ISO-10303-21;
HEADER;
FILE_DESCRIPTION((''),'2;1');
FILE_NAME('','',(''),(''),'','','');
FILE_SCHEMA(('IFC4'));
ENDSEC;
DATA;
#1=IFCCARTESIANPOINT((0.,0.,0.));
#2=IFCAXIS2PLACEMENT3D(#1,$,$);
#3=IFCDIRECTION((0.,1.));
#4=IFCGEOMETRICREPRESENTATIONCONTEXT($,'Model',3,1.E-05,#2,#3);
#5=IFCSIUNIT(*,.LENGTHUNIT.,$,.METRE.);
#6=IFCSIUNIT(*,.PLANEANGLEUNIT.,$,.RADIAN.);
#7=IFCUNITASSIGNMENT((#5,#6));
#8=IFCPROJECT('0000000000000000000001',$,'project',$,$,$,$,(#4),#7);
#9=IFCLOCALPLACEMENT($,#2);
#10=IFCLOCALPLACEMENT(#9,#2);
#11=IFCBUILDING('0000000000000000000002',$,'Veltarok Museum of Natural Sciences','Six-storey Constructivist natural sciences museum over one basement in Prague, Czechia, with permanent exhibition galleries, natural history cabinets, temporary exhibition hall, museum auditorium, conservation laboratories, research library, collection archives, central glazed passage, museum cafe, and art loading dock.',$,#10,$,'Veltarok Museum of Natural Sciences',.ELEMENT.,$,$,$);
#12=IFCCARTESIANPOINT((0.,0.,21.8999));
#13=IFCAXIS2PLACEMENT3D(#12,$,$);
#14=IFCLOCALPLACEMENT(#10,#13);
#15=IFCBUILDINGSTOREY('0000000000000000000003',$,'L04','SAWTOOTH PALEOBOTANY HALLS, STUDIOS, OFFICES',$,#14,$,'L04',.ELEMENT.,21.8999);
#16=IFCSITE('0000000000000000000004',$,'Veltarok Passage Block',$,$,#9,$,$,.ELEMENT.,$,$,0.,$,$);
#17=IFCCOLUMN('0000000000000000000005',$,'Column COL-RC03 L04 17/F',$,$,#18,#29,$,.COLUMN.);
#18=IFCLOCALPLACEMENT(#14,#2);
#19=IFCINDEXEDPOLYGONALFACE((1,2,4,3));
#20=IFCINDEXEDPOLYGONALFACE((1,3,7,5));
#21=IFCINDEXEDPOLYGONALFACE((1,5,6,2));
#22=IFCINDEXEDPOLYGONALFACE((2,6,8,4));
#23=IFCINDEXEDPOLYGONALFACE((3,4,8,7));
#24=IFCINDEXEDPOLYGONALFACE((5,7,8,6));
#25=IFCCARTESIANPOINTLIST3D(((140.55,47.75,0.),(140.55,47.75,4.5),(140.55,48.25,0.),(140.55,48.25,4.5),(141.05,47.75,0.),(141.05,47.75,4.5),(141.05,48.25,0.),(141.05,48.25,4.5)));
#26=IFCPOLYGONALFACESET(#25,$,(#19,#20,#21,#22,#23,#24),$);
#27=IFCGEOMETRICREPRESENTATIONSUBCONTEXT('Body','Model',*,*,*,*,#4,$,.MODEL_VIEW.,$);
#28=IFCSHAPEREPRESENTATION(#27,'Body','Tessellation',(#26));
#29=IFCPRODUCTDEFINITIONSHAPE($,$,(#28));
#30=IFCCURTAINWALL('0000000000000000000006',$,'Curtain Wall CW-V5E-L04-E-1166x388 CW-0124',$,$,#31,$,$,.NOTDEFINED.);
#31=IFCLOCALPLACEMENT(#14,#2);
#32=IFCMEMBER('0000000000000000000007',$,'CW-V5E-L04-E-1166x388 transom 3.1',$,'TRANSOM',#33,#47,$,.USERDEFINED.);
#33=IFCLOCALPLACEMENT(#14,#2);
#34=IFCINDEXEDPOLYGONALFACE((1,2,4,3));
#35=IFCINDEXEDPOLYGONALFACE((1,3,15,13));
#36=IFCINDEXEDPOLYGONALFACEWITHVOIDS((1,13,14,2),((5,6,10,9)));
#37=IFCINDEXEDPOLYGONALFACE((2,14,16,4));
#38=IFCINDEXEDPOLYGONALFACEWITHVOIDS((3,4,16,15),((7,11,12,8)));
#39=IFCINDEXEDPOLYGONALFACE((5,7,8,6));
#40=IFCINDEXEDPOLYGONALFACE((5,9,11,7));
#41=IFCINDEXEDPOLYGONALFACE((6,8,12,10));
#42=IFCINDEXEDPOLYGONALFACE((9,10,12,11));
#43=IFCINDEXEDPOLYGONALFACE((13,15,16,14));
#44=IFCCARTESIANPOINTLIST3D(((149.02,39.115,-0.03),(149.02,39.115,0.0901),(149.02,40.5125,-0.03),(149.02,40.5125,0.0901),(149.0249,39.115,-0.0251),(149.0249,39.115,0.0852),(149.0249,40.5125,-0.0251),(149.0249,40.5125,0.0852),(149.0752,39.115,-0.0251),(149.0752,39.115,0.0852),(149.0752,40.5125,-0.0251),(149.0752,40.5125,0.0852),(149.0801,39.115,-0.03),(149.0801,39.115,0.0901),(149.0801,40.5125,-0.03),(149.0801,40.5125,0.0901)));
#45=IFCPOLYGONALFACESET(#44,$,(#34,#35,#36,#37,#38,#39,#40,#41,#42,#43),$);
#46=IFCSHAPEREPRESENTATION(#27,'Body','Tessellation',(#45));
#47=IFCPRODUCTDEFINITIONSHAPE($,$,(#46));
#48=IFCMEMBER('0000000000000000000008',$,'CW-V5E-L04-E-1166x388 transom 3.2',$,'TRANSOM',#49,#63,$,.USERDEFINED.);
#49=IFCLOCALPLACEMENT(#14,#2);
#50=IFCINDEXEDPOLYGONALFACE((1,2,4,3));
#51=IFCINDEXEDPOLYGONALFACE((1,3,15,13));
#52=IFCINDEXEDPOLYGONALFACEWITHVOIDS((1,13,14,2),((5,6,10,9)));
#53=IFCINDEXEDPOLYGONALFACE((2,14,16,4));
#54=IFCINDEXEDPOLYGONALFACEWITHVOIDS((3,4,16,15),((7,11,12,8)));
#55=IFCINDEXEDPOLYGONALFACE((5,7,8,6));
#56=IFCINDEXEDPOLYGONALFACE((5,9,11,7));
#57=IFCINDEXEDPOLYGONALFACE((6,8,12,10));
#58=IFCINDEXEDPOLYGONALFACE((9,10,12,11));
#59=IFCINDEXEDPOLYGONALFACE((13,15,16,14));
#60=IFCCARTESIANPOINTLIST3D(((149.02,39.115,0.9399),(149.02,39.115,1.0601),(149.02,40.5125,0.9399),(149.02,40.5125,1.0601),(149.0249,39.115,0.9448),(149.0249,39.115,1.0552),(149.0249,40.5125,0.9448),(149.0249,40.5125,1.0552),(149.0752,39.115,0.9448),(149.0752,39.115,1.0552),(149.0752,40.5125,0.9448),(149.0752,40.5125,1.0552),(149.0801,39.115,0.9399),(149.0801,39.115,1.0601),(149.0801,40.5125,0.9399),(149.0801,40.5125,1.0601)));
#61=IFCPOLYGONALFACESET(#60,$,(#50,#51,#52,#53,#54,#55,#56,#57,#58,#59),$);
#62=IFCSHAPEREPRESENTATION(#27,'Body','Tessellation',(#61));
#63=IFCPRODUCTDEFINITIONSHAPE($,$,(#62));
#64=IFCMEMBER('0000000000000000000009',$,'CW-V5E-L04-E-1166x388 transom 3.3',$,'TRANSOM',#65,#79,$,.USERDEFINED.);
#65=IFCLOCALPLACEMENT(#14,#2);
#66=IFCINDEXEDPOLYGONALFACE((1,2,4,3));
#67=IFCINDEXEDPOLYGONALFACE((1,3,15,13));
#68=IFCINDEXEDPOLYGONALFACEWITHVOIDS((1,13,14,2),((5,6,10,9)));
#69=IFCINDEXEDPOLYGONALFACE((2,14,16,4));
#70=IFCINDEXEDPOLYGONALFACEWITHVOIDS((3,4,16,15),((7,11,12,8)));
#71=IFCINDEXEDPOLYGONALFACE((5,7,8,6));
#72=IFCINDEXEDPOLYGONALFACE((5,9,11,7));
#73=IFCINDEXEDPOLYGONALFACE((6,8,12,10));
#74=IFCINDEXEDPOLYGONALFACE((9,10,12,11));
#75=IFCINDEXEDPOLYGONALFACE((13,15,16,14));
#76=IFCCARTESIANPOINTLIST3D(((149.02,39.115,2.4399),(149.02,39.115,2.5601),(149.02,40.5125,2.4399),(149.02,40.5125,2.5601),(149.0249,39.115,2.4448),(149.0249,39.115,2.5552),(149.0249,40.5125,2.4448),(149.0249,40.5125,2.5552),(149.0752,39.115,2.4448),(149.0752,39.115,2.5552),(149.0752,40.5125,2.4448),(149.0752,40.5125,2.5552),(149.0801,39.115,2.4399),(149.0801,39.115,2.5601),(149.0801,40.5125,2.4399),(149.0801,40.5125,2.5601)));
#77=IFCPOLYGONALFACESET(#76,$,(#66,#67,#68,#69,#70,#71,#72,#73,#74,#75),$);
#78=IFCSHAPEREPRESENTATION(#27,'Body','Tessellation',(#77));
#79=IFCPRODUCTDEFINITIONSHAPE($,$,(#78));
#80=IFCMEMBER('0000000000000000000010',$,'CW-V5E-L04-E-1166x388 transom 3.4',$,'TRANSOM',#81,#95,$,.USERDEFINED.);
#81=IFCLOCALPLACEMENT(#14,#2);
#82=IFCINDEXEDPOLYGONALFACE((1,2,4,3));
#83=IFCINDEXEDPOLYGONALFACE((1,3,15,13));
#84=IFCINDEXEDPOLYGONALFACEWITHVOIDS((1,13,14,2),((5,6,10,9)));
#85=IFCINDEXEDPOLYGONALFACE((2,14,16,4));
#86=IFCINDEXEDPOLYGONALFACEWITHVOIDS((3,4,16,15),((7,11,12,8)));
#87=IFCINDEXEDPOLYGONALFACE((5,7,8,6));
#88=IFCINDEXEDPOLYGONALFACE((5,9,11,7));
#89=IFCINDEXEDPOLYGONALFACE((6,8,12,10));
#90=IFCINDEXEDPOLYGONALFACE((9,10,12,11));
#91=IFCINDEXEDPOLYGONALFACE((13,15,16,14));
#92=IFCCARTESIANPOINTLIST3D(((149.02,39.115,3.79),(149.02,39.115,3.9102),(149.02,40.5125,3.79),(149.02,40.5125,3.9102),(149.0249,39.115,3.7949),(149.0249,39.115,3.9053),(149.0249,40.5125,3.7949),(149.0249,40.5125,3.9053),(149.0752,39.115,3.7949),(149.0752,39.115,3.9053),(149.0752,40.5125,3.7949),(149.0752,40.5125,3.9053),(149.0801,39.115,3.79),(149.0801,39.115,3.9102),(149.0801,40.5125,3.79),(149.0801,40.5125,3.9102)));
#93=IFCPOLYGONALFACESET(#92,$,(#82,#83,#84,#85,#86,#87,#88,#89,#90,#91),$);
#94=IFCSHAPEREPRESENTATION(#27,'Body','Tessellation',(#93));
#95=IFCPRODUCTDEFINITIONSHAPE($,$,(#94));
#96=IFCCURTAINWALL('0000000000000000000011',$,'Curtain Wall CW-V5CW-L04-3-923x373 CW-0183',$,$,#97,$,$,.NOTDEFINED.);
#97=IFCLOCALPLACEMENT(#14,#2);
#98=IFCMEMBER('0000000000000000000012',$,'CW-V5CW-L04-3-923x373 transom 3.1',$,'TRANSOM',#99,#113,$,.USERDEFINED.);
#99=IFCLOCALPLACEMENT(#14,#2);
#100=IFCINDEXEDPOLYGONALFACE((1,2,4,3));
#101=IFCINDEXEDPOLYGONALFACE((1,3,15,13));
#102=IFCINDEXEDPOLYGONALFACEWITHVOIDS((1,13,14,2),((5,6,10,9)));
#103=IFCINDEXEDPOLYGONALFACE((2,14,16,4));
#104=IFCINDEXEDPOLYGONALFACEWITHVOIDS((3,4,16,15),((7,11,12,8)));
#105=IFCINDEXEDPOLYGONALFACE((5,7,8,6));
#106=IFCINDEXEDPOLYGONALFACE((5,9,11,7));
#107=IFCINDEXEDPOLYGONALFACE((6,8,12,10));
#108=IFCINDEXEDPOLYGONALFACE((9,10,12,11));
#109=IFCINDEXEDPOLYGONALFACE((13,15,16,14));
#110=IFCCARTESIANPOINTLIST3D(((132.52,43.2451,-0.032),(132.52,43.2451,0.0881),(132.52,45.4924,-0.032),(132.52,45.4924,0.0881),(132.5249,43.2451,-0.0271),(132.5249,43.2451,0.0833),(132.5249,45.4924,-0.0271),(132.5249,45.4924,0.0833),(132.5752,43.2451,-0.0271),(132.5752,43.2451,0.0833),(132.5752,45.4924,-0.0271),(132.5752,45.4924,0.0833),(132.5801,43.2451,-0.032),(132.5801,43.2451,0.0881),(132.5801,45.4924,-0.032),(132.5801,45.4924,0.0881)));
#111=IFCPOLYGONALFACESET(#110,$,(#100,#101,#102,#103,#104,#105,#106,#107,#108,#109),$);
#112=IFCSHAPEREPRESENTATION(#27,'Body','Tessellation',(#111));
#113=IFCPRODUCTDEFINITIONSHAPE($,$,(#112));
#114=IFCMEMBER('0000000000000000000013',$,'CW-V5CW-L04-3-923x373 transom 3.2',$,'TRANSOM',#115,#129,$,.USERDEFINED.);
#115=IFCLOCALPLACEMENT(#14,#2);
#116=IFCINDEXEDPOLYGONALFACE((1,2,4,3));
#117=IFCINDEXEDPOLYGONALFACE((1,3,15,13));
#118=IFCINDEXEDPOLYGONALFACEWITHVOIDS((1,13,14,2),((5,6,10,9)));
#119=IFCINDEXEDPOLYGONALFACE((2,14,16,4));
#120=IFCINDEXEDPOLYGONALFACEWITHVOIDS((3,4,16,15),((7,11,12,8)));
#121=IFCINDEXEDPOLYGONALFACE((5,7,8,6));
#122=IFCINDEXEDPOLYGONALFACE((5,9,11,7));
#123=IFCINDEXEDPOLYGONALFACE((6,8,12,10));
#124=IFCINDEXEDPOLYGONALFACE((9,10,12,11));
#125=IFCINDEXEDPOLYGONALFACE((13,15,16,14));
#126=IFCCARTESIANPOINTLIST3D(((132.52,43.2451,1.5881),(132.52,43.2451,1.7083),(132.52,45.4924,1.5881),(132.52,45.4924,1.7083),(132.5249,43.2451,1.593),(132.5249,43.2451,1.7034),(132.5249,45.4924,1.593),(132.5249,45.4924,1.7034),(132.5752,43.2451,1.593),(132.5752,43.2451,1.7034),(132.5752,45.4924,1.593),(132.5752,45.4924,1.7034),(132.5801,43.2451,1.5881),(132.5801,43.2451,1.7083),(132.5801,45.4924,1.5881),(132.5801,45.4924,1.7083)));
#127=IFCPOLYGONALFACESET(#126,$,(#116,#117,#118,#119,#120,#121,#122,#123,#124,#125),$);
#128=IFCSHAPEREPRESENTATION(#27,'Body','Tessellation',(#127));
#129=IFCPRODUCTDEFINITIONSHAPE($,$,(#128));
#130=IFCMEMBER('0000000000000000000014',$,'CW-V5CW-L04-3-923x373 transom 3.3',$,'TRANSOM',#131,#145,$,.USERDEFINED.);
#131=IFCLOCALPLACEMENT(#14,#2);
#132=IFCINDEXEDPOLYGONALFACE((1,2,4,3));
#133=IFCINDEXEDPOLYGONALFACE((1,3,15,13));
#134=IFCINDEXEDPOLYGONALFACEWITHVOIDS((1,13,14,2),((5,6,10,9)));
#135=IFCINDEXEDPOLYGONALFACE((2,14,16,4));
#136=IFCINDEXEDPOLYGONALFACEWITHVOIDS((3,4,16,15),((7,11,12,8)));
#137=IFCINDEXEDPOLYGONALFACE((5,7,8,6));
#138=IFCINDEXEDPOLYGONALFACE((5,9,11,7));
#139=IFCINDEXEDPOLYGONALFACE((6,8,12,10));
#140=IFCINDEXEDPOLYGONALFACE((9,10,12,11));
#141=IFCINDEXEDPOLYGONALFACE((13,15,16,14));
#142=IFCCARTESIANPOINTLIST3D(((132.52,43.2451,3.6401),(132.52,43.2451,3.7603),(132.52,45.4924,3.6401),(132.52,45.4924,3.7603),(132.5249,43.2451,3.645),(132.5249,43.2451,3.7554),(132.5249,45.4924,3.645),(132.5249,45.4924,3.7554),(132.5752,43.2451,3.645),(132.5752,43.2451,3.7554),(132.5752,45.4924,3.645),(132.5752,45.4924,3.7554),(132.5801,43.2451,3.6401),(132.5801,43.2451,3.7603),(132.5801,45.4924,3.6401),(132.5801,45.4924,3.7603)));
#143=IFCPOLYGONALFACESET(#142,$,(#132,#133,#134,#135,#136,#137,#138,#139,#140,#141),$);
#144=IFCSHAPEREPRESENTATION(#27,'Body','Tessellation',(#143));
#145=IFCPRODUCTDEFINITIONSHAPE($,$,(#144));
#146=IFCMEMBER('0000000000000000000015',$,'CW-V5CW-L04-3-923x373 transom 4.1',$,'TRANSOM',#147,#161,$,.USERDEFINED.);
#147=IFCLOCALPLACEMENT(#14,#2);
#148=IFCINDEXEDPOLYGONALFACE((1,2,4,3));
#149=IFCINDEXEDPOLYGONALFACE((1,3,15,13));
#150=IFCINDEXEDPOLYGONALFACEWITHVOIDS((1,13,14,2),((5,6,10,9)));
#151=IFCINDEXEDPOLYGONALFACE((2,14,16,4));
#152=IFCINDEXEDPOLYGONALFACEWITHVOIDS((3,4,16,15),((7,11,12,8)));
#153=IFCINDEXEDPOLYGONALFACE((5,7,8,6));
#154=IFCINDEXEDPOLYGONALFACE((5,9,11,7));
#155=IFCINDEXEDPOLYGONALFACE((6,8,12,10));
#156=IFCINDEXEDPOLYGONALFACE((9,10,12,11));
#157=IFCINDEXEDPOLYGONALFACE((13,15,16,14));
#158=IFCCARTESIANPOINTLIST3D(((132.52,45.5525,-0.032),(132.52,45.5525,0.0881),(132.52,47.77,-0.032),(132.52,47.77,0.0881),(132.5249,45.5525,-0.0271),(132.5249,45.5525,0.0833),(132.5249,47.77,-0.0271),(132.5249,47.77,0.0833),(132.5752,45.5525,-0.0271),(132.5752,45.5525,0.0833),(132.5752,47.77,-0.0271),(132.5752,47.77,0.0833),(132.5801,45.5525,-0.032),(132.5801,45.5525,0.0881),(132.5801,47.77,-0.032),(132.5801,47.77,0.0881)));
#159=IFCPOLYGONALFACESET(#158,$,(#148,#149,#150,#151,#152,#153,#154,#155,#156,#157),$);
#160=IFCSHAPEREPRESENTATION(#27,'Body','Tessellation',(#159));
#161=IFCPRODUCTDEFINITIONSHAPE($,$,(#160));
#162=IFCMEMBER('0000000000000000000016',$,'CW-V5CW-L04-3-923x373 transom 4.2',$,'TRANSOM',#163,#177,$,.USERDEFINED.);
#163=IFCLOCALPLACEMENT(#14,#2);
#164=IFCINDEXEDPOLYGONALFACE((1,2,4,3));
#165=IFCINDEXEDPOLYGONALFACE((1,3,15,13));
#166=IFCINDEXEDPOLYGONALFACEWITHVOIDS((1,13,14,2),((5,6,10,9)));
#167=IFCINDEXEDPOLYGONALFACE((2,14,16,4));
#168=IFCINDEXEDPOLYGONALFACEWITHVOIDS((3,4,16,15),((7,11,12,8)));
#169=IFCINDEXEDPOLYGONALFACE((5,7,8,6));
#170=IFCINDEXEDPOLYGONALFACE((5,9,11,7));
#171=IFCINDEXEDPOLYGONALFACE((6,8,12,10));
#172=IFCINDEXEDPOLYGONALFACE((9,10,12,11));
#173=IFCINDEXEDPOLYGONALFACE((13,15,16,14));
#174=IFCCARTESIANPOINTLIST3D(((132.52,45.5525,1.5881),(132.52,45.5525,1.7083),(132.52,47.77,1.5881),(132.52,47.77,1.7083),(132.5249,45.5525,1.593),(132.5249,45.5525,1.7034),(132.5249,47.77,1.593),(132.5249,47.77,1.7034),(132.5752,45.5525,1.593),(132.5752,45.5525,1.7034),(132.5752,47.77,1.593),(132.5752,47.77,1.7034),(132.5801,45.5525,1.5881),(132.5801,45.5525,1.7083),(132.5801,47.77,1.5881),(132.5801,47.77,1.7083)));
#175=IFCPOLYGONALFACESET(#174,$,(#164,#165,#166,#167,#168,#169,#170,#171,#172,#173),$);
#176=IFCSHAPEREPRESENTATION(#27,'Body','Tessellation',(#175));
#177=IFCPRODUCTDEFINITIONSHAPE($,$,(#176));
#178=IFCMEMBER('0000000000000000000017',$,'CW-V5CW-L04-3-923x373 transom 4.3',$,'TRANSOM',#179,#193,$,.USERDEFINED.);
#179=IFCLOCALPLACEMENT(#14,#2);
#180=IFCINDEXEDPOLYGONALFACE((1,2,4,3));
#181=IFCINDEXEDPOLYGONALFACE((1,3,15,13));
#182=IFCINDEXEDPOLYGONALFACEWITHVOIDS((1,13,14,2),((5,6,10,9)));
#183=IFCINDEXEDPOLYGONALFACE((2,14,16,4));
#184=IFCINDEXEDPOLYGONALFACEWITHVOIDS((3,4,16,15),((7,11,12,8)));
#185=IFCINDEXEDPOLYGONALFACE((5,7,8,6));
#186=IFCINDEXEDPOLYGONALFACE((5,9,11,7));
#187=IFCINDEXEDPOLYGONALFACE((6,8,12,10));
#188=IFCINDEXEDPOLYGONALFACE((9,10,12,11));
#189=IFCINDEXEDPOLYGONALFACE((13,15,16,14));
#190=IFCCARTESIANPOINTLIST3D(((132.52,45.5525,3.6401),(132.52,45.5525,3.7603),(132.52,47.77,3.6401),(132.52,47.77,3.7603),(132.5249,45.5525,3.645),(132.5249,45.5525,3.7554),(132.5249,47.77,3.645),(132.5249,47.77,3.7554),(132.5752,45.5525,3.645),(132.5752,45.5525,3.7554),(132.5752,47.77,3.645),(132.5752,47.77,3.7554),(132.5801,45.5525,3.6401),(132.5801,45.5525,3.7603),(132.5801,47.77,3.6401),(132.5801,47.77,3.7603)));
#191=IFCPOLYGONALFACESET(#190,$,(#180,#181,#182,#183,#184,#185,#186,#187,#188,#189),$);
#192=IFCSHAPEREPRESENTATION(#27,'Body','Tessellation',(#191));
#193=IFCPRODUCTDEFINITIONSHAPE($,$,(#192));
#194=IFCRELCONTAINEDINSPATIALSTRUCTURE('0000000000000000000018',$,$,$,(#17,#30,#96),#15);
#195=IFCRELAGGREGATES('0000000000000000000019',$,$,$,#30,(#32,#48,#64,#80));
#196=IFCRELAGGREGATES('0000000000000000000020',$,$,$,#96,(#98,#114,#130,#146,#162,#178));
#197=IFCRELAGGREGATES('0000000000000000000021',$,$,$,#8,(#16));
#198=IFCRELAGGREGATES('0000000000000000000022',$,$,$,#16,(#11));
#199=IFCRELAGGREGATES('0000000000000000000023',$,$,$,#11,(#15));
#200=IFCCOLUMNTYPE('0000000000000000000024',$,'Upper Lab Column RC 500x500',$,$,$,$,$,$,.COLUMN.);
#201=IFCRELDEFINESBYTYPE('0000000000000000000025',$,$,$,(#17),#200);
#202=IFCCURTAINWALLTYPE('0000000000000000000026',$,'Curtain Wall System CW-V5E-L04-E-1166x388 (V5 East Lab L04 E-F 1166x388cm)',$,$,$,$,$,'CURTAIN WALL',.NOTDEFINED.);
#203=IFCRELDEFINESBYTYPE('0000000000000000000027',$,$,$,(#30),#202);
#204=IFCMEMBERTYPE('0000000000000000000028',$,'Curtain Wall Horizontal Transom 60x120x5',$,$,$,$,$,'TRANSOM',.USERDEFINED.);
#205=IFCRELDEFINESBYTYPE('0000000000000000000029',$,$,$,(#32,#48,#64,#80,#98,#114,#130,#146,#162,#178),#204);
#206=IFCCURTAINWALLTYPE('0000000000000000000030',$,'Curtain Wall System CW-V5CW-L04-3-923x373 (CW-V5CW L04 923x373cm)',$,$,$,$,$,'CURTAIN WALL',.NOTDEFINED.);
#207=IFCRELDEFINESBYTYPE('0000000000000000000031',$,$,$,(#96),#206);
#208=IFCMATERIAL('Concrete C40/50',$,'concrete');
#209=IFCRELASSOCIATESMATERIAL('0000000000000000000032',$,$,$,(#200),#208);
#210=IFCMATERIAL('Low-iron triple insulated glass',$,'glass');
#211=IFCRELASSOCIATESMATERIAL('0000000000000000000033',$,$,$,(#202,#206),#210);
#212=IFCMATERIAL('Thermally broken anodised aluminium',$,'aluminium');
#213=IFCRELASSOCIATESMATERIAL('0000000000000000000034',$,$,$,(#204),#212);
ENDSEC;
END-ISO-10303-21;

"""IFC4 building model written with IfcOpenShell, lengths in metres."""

from ifc_helpers import new_model, si_unit, direction, frame, origin, origin_2d, place, context, subcontext, project, spatial, rectangle, hollow_rectangle, extrude, material, material_profile, profile_set, type_object, element, aggregate, save


model = new_model("IFC4")

# Units and contexts
model_context = context("Model", 3, precision=1e-05, world=origin(), true_north=direction((0.0, 1.0)))
body_context = subcontext(model_context, "Body", "Model", "MODEL_VIEW")
ifc_project = project(units=[si_unit("LENGTHUNIT", "METRE"), si_unit("PLANEANGLEUNIT", "RADIAN")], contexts=[model_context])

# Site, building, storey
site_placement = place(None, origin())
site = spatial("IfcSite", under=ifc_project, at=site_placement, Name="Veltarok Passage Block", CompositionType="ELEMENT", RefElevation=0.0)
building_placement = place(site_placement, origin())
building = spatial("IfcBuilding", under=site, at=building_placement, Name="Veltarok Museum of Natural Sciences", Description="Six-storey Constructivist natural sciences museum over one basement in Prague, Czechia, with permanent exhibition galleries, natural history cabinets, temporary exhibition hall, museum auditorium, conservation laboratories, research library, collection archives, central glazed passage, museum cafe, and art loading dock.", LongName="Veltarok Museum of Natural Sciences", CompositionType="ELEMENT")
storey_placement = place(building_placement, frame((0.0, 0.0, 21.8999)))
storey = spatial("IfcBuildingStorey", under=building, at=storey_placement, Name="L04", Description="SAWTOOTH PALEOBOTANY HALLS, STUDIOS, OFFICES", LongName="L04", CompositionType="ELEMENT", Elevation=21.8999)

# Column
ifc_material_1 = material(Name="Concrete C40/50", Category="concrete")
ifc_material_profile_1 = material_profile(ifc_material_1, rectangle(XDim=0.5, YDim=0.5, at=origin_2d()), Name="RC 500x500")
ifc_profile_set_1 = profile_set([ifc_material_profile_1], Name="Concrete C40/50")
column_type = type_object("IfcColumnType", Name="Upper Lab Column RC 500x500", PredefinedType="COLUMN", material=ifc_profile_set_1)
column_placement = place(storey_placement, frame((140.8, 48.0, 0.0), z_axis=(0.0, 0.0, 1.0), x_axis=(1.0, 0.0, 0.0)))
element("IfcColumn", 1, at=column_placement, inside=storey, type_object=column_type, Name="Column COL-RC03 L04 17/F", PredefinedType="COLUMN", context=body_context, shape_type="SweptSolid", body=[
    extrude(rectangle(XDim=0.5, YDim=0.5, at=origin_2d()), origin(), (0.0, 0.0, 1.0), 4.5),
])

# Curtain walls, members
ifc_material_2 = material(Name="Low-iron triple insulated glass", Category="glass")
curtain_wall_type_1 = type_object("IfcCurtainWallType", Name="Curtain Wall System CW-V5E-L04-E-1166x388 (V5 East Lab L04 E-F 1166x388cm)", ElementType="CURTAIN WALL", PredefinedType="NOTDEFINED", material=ifc_material_2)
curtain_wall_1_placement = place(storey_placement, origin())
curtain_wall_1 = element("IfcCurtainWall", 2, at=curtain_wall_1_placement, inside=storey, type_object=curtain_wall_type_1, Name="Curtain Wall CW-V5E-L04-E-1166x388 CW-0124", PredefinedType="NOTDEFINED")
ifc_material_3 = material(Name="Thermally broken anodised aluminium", Category="aluminium")
ifc_material_profile_2 = material_profile(ifc_material_3, hollow_rectangle(XDim=0.0601, YDim=0.1201, WallThickness=0.0049, at=origin_2d()), Name="CW TRANSOM 60x120x5")
ifc_profile_set_2 = profile_set([ifc_material_profile_2], Name="Thermally broken anodised aluminium")
member_type_1 = type_object("IfcMemberType", Name="Curtain Wall Horizontal Transom 60x120x5", ElementType="TRANSOM", PredefinedType="USERDEFINED", material=ifc_profile_set_2)
member_1_placement = place(storey_placement, frame((149.05, 39.115, 0.03), z_axis=(0.0, 1.0, 0.0), x_axis=(-1.0, 0.0, 0.0)))
member_1 = element("IfcMember", 3, at=member_1_placement, type_object=member_type_1, Name="CW-V5E-L04-E-1166x388 transom 3.1", ObjectType="TRANSOM", PredefinedType="USERDEFINED", context=body_context, shape_type="SweptSolid", body=[
    extrude(hollow_rectangle(XDim=0.0601, YDim=0.1201, WallThickness=0.0049, at=origin_2d()), origin(), (0.0, 0.0, 1.0), 1.3975),
])
member_2_placement = place(storey_placement, frame((149.05, 39.115, 1.0), z_axis=(0.0, 1.0, 0.0), x_axis=(-1.0, 0.0, 0.0)))
member_2 = element("IfcMember", 4, at=member_2_placement, type_object=member_type_1, Name="CW-V5E-L04-E-1166x388 transom 3.2", ObjectType="TRANSOM", PredefinedType="USERDEFINED", context=body_context, shape_type="SweptSolid", body=[
    extrude(hollow_rectangle(XDim=0.0601, YDim=0.1201, WallThickness=0.0049, at=origin_2d()), origin(), (0.0, 0.0, 1.0), 1.3975),
])
member_3_placement = place(storey_placement, frame((149.05, 39.115, 2.5), z_axis=(0.0, 1.0, 0.0), x_axis=(-1.0, 0.0, 0.0)))
member_3 = element("IfcMember", 5, at=member_3_placement, type_object=member_type_1, Name="CW-V5E-L04-E-1166x388 transom 3.3", ObjectType="TRANSOM", PredefinedType="USERDEFINED", context=body_context, shape_type="SweptSolid", body=[
    extrude(hollow_rectangle(XDim=0.0601, YDim=0.1201, WallThickness=0.0049, at=origin_2d()), origin(), (0.0, 0.0, 1.0), 1.3975),
])
member_4_placement = place(storey_placement, frame((149.05, 39.115, 3.8501), z_axis=(0.0, 1.0, 0.0), x_axis=(-1.0, 0.0, 0.0)))
member_4 = element("IfcMember", 6, at=member_4_placement, type_object=member_type_1, Name="CW-V5E-L04-E-1166x388 transom 3.4", ObjectType="TRANSOM", PredefinedType="USERDEFINED", context=body_context, shape_type="SweptSolid", body=[
    extrude(hollow_rectangle(XDim=0.0601, YDim=0.1201, WallThickness=0.0049, at=origin_2d()), origin(), (0.0, 0.0, 1.0), 1.3975),
])
curtain_wall_type_2 = type_object("IfcCurtainWallType", Name="Curtain Wall System CW-V5CW-L04-3-923x373 (CW-V5CW L04 923x373cm)", ElementType="CURTAIN WALL", PredefinedType="NOTDEFINED", material=ifc_material_2)
curtain_wall_2_placement = place(storey_placement, origin())
curtain_wall_2 = element("IfcCurtainWall", 7, at=curtain_wall_2_placement, inside=storey, type_object=curtain_wall_type_2, Name="Curtain Wall CW-V5CW-L04-3-923x373 CW-0183", PredefinedType="NOTDEFINED")
member_5_placement = place(storey_placement, frame((132.55, 43.2451, 0.0281), z_axis=(0.0, 1.0, 0.0), x_axis=(-1.0, 0.0, 0.0)))
member_5 = element("IfcMember", 8, at=member_5_placement, type_object=member_type_1, Name="CW-V5CW-L04-3-923x373 transom 3.1", ObjectType="TRANSOM", PredefinedType="USERDEFINED", context=body_context, shape_type="SweptSolid", body=[
    extrude(hollow_rectangle(XDim=0.0601, YDim=0.1201, WallThickness=0.0049, at=origin_2d()), origin(), (0.0, 0.0, 1.0), 2.2473),
])
member_6_placement = place(storey_placement, frame((132.55, 43.2451, 1.6482), z_axis=(0.0, 1.0, 0.0), x_axis=(-1.0, 0.0, 0.0)))
member_6 = element("IfcMember", 9, at=member_6_placement, type_object=member_type_1, Name="CW-V5CW-L04-3-923x373 transom 3.2", ObjectType="TRANSOM", PredefinedType="USERDEFINED", context=body_context, shape_type="SweptSolid", body=[
    extrude(hollow_rectangle(XDim=0.0601, YDim=0.1201, WallThickness=0.0049, at=origin_2d()), origin(), (0.0, 0.0, 1.0), 2.2473),
])
member_7_placement = place(storey_placement, frame((132.55, 43.2451, 3.7002), z_axis=(0.0, 1.0, 0.0), x_axis=(-1.0, 0.0, 0.0)))
member_7 = element("IfcMember", 10, at=member_7_placement, type_object=member_type_1, Name="CW-V5CW-L04-3-923x373 transom 3.3", ObjectType="TRANSOM", PredefinedType="USERDEFINED", context=body_context, shape_type="SweptSolid", body=[
    extrude(hollow_rectangle(XDim=0.0601, YDim=0.1201, WallThickness=0.0049, at=origin_2d()), origin(), (0.0, 0.0, 1.0), 2.2473),
])
member_8_placement = place(storey_placement, frame((132.55, 45.5525, 0.0281), z_axis=(0.0, 1.0, 0.0), x_axis=(-1.0, 0.0, 0.0)))
member_8 = element("IfcMember", 11, at=member_8_placement, type_object=member_type_1, Name="CW-V5CW-L04-3-923x373 transom 4.1", ObjectType="TRANSOM", PredefinedType="USERDEFINED", context=body_context, shape_type="SweptSolid", body=[
    extrude(hollow_rectangle(XDim=0.0601, YDim=0.1201, WallThickness=0.0049, at=origin_2d()), origin(), (0.0, 0.0, 1.0), 2.2175),
])
member_9_placement = place(storey_placement, frame((132.55, 45.5525, 1.6482), z_axis=(0.0, 1.0, 0.0), x_axis=(-1.0, 0.0, 0.0)))
member_9 = element("IfcMember", 12, at=member_9_placement, type_object=member_type_1, Name="CW-V5CW-L04-3-923x373 transom 4.2", ObjectType="TRANSOM", PredefinedType="USERDEFINED", context=body_context, shape_type="SweptSolid", body=[
    extrude(hollow_rectangle(XDim=0.0601, YDim=0.1201, WallThickness=0.0049, at=origin_2d()), origin(), (0.0, 0.0, 1.0), 2.2175),
])
member_10_placement = place(storey_placement, frame((132.55, 45.5525, 3.7002), z_axis=(0.0, 1.0, 0.0), x_axis=(-1.0, 0.0, 0.0)))
member_10 = element("IfcMember", 13, at=member_10_placement, type_object=member_type_1, Name="CW-V5CW-L04-3-923x373 transom 4.3", ObjectType="TRANSOM", PredefinedType="USERDEFINED", context=body_context, shape_type="SweptSolid", body=[
    extrude(hollow_rectangle(XDim=0.0601, YDim=0.1201, WallThickness=0.0049, at=origin_2d()), origin(), (0.0, 0.0, 1.0), 2.2175),
])

aggregate(curtain_wall_1, [member_1, member_2, member_3, member_4])
aggregate(curtain_wall_2, [member_5, member_6, member_7, member_8, member_9, member_10])

save(model, "model.ifc")
